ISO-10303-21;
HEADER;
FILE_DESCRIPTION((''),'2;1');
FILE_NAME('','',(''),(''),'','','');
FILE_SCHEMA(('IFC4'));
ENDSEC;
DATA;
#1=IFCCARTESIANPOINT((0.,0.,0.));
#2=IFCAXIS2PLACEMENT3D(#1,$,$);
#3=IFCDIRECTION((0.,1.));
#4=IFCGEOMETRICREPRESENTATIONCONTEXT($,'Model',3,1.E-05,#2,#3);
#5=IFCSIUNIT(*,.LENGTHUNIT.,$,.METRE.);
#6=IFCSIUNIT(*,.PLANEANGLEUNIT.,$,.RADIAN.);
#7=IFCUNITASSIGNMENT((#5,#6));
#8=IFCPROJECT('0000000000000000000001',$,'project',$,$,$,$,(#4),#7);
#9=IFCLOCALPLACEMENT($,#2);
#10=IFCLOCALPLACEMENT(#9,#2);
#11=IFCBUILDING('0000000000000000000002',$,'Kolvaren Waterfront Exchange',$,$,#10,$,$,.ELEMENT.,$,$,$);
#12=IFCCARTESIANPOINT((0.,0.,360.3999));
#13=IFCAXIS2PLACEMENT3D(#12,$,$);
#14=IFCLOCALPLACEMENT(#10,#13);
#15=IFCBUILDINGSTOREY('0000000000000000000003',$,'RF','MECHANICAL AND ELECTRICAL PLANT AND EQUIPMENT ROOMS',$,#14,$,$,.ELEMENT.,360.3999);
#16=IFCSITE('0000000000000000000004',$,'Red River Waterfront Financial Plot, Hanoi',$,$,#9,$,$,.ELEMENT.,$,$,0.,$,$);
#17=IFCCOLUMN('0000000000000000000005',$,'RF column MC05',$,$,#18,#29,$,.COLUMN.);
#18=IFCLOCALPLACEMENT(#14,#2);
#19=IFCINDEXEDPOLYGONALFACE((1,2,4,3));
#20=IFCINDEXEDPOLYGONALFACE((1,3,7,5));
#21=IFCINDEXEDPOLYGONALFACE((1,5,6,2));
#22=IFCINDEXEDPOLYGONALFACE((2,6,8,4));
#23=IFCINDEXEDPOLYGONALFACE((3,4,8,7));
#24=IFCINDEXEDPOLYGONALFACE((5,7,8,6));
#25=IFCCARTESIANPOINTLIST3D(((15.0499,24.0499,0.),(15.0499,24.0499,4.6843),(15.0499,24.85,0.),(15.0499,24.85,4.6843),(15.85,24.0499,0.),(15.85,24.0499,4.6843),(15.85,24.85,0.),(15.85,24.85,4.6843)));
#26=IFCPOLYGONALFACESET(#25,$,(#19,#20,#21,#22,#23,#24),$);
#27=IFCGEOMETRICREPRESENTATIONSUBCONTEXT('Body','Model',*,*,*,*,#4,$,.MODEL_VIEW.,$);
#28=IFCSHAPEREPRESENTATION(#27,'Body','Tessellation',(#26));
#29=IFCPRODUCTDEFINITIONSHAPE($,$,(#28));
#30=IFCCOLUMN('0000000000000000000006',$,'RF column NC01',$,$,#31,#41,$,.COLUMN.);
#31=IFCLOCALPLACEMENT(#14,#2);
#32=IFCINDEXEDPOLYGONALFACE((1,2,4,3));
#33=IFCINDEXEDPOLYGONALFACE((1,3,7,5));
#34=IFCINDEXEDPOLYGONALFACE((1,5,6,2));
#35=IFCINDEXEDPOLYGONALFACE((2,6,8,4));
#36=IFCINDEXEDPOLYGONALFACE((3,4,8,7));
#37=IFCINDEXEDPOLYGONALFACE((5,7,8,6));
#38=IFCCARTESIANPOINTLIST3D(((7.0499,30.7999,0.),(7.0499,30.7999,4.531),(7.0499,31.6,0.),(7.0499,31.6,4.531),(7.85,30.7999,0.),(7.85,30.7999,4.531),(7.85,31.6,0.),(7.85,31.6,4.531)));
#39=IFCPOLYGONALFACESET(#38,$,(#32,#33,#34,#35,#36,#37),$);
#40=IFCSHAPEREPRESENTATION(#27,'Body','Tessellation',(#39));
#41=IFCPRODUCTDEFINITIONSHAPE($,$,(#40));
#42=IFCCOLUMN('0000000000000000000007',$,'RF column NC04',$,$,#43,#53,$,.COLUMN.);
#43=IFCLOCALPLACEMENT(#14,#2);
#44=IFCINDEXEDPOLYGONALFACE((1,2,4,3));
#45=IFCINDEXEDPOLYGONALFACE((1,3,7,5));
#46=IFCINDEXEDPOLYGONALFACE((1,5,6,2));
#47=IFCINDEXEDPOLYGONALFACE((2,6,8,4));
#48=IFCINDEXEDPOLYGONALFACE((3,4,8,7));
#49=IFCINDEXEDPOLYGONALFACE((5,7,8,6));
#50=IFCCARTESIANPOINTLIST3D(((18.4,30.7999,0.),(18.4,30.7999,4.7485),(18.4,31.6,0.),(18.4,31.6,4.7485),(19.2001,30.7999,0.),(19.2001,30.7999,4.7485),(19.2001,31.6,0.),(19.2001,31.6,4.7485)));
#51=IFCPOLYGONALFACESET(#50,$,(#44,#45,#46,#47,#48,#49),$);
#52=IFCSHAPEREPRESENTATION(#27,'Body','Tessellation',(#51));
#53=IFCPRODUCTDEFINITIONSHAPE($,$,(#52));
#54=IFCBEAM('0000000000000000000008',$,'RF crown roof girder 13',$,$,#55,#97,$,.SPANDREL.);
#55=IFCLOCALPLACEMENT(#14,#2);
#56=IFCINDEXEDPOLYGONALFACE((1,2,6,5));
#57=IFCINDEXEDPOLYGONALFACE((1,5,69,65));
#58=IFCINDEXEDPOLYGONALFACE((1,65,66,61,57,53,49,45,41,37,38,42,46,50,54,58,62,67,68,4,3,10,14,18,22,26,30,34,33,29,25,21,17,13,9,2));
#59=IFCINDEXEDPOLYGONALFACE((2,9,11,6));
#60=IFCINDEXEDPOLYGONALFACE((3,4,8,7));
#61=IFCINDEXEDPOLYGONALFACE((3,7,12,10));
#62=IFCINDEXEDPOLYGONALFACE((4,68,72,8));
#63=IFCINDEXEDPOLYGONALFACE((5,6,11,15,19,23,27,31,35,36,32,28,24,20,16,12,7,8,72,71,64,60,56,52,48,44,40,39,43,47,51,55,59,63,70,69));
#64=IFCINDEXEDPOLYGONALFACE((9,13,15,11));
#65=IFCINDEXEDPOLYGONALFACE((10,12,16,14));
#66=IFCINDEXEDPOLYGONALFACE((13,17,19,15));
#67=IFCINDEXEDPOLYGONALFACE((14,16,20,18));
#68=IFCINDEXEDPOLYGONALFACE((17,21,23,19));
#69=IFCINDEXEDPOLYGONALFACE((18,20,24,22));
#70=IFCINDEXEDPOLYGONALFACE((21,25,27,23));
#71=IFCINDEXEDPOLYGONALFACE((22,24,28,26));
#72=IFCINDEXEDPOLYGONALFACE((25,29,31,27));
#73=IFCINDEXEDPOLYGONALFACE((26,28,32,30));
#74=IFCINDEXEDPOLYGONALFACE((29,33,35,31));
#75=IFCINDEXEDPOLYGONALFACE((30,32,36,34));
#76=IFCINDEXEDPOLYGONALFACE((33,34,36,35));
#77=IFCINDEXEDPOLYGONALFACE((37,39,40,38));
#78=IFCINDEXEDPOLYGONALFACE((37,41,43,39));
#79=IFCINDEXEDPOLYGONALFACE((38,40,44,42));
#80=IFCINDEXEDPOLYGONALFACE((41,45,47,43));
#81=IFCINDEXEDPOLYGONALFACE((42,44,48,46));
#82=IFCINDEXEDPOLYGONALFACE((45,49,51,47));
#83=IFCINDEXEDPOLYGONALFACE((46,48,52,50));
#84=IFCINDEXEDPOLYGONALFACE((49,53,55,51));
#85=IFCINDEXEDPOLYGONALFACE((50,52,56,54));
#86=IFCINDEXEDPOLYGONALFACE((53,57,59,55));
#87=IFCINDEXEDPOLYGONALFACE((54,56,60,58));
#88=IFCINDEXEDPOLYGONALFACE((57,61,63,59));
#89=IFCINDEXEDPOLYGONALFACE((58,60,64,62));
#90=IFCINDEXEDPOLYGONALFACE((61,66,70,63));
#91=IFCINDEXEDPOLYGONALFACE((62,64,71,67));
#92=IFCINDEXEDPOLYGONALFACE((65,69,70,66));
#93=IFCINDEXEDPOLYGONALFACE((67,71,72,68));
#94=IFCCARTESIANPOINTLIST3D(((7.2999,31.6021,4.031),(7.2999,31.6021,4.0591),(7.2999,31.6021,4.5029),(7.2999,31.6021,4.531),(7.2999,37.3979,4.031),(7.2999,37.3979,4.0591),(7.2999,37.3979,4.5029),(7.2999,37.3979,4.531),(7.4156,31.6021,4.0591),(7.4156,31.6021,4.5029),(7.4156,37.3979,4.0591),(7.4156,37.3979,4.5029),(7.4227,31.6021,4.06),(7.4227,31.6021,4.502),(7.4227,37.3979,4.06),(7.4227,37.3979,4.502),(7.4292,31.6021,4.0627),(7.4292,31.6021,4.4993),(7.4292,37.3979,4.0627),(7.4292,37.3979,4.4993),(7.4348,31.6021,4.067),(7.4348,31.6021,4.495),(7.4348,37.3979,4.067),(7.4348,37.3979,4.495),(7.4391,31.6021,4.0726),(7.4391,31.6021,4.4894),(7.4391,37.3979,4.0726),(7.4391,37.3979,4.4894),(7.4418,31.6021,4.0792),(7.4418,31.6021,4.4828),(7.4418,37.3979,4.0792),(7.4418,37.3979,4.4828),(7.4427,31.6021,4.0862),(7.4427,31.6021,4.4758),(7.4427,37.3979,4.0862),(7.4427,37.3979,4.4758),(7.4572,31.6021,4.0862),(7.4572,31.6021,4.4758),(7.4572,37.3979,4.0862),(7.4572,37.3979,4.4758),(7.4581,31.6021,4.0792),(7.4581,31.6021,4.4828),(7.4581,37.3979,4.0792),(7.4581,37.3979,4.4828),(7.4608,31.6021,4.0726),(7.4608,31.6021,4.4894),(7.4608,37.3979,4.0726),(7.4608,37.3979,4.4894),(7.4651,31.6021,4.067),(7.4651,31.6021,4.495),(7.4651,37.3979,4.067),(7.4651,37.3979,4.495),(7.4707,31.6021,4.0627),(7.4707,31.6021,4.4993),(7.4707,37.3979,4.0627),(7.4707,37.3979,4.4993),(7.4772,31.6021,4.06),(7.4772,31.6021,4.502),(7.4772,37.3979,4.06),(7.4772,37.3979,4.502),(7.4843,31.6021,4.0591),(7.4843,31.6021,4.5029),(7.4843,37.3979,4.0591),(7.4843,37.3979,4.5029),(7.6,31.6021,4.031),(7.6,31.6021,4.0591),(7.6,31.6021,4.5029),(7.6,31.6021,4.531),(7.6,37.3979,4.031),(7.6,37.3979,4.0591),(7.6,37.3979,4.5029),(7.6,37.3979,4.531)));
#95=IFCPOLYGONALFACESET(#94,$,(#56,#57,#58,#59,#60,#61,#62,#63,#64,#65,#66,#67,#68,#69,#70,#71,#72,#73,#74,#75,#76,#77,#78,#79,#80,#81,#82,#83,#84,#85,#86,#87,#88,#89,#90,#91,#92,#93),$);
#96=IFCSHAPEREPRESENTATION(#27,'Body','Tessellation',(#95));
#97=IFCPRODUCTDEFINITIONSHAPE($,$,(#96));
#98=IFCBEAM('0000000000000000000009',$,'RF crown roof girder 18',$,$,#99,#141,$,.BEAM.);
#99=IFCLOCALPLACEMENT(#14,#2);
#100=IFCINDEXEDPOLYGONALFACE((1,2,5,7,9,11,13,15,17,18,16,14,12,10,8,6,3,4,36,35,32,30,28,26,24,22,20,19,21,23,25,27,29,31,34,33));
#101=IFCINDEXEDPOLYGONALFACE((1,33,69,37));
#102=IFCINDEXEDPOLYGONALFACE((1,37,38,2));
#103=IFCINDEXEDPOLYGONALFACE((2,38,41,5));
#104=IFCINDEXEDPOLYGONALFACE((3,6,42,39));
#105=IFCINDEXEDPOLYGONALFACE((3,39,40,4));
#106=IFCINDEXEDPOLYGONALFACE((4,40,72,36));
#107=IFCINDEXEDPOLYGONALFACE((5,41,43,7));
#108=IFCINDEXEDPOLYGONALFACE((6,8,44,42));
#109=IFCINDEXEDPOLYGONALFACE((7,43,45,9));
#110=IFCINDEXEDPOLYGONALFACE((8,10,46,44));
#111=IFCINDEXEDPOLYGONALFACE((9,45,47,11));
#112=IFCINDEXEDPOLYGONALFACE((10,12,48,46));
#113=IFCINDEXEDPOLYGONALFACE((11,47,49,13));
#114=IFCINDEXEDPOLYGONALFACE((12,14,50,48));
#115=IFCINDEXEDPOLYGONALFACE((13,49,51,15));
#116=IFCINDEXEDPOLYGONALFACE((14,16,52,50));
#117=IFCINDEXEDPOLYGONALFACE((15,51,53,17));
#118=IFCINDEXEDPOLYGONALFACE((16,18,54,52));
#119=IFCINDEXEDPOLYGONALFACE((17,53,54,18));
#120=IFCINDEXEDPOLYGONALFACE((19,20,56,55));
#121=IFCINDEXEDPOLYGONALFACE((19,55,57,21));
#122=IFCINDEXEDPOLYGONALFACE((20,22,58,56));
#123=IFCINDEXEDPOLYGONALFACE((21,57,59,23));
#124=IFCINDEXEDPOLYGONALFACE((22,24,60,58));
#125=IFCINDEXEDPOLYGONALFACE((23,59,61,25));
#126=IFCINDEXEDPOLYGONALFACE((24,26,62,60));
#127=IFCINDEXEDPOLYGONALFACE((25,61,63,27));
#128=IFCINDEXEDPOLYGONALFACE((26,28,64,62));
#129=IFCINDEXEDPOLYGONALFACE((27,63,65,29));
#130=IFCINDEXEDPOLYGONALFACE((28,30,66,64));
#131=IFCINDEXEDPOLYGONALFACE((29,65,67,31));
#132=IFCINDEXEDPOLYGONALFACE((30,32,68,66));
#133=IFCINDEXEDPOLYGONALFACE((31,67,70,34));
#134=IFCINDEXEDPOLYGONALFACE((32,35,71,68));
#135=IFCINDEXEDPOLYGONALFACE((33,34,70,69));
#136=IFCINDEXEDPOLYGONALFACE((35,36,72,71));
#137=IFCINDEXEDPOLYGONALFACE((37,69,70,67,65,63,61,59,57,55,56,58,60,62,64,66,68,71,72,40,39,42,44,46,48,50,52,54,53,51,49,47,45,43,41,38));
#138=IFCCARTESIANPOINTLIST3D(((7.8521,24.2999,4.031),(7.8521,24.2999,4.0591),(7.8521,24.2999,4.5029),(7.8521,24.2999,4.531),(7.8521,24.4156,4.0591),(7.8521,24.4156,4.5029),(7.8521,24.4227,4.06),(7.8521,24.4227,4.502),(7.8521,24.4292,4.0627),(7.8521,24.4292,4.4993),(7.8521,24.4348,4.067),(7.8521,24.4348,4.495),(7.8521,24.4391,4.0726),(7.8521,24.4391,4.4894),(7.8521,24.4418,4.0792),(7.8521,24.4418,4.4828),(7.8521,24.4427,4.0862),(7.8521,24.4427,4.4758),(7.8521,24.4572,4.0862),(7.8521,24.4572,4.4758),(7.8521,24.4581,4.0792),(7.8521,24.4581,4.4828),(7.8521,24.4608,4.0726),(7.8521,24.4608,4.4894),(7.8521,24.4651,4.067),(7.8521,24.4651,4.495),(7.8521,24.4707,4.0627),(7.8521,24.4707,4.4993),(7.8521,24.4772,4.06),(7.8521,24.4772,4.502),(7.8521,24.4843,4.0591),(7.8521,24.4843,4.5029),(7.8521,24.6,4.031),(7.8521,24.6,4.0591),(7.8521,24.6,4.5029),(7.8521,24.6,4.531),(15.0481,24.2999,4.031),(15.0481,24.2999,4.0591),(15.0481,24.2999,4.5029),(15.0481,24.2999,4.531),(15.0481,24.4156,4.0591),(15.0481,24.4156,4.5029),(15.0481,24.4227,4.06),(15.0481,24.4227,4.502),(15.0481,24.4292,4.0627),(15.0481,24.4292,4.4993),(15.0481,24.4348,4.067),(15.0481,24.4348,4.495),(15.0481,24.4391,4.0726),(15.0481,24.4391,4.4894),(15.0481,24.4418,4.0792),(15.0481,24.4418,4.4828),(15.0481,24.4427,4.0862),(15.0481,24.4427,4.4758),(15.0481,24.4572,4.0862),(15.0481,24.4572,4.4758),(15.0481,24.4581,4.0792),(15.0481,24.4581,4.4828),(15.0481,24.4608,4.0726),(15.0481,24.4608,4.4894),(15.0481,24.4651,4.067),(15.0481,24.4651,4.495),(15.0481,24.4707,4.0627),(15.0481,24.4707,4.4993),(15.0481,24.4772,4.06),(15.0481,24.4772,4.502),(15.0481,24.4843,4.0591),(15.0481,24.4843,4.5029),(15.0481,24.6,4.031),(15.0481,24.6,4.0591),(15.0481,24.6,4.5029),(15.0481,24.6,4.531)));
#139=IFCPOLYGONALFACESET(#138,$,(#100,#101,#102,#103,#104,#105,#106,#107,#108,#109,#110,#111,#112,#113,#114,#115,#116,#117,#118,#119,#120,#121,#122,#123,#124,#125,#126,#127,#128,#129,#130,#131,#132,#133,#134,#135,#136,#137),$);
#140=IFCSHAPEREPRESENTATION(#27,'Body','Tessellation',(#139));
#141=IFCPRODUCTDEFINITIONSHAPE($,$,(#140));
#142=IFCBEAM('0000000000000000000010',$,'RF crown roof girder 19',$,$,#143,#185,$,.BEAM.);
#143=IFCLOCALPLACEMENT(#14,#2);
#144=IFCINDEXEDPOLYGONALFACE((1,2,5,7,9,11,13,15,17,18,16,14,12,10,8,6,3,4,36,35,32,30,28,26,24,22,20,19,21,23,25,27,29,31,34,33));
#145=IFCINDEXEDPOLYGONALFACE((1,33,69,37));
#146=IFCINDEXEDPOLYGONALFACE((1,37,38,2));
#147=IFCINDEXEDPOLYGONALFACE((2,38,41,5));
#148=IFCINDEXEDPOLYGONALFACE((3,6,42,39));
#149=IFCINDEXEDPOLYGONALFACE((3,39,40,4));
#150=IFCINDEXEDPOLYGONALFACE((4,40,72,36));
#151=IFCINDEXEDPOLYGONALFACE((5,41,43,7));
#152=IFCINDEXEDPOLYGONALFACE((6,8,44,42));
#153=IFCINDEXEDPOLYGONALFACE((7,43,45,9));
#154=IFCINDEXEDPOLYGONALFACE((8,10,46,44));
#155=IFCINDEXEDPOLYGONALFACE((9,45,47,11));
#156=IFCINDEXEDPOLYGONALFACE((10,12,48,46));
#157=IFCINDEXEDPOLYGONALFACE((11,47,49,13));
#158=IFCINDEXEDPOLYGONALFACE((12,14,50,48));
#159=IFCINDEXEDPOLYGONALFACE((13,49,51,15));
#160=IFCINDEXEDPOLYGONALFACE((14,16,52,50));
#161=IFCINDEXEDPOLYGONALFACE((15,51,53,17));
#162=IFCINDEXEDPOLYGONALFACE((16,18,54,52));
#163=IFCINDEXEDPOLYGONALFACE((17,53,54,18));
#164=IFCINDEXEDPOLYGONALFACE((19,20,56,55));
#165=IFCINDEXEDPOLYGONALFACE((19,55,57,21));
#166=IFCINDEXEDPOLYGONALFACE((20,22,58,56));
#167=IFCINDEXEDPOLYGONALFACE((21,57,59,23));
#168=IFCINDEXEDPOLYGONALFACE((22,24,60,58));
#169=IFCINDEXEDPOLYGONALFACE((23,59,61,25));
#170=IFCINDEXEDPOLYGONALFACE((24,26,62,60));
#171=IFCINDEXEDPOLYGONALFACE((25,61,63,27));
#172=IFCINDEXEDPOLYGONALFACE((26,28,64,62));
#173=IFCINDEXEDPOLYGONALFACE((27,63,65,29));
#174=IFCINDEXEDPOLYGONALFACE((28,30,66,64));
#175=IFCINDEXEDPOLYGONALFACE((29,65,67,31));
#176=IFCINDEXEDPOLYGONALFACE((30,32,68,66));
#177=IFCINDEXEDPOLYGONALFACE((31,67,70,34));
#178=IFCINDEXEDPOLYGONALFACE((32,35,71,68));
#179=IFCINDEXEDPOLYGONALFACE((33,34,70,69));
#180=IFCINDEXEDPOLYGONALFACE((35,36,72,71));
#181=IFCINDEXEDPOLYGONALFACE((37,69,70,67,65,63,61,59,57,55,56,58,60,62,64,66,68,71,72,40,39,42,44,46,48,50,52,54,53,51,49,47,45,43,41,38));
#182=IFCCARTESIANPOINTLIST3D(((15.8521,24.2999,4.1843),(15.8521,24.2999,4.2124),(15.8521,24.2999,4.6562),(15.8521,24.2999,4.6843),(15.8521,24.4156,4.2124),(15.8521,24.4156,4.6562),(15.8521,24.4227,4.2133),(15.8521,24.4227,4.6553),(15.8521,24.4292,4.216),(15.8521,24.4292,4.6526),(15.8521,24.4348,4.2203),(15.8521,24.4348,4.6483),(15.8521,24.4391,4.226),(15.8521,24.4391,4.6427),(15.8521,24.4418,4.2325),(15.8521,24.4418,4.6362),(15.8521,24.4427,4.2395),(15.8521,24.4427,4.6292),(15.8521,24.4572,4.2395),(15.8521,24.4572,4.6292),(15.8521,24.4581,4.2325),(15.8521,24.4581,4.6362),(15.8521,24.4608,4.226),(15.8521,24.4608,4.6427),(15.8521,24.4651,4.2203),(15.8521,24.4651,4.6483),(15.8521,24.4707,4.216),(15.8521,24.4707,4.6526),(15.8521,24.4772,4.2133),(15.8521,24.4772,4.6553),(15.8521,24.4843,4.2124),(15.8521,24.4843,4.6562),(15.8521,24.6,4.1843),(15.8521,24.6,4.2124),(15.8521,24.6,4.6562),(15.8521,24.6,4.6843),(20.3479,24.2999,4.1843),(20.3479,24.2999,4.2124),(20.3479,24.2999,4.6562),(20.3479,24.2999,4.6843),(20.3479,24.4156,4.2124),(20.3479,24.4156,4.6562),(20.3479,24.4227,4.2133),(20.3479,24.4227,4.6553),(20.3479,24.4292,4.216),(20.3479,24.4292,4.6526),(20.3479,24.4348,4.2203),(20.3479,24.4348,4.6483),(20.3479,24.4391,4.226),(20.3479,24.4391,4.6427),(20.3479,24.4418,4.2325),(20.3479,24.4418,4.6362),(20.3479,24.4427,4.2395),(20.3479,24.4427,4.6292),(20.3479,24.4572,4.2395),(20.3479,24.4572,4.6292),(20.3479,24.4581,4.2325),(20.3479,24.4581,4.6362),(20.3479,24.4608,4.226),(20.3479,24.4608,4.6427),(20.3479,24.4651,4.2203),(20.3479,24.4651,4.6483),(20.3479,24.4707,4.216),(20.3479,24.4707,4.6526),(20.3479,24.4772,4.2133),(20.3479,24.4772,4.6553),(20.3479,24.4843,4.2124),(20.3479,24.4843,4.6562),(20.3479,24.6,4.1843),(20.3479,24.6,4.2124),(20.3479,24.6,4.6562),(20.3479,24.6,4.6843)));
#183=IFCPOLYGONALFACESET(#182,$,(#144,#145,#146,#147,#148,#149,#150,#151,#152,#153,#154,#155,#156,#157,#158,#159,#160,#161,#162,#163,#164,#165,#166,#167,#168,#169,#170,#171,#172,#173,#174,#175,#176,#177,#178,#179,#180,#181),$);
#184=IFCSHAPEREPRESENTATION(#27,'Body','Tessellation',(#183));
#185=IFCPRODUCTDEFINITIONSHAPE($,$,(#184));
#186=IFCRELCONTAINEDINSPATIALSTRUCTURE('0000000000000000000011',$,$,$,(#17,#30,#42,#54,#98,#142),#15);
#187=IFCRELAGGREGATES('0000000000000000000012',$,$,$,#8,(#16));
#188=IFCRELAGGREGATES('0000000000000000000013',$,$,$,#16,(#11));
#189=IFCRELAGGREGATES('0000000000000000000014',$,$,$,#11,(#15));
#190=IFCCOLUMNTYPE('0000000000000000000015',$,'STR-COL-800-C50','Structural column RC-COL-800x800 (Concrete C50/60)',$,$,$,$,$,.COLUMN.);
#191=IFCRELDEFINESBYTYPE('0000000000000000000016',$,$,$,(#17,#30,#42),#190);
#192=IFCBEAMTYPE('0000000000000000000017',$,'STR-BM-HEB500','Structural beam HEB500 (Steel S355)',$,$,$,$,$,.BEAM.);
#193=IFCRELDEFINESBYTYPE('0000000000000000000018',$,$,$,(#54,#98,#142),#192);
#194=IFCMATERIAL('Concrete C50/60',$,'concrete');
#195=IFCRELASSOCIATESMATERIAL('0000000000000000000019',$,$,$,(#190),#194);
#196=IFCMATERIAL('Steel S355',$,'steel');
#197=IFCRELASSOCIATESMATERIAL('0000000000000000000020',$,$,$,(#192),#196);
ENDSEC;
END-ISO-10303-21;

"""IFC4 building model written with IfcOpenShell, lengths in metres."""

from ifc_helpers import new_model, si_unit, direction, frame, origin, origin_2d, place, context, subcontext, project, spatial, rectangle, i_section, extrude, material, material_profile, profile_set, type_object, element, save


model = new_model("IFC4")

# Units and contexts
model_context = context("Model", 3, precision=1e-05, world=origin(), true_north=direction((0.0, 1.0)))
body_context = subcontext(model_context, "Body", "Model", "MODEL_VIEW")
ifc_project = project(units=[si_unit("LENGTHUNIT", "METRE"), si_unit("PLANEANGLEUNIT", "RADIAN")], contexts=[model_context])

# Site, building, storey
site_placement = place(None, origin())
site = spatial("IfcSite", under=ifc_project, at=site_placement, Name="Red River Waterfront Financial Plot, Hanoi", CompositionType="ELEMENT", RefElevation=0.0)
building_placement = place(site_placement, origin())
building = spatial("IfcBuilding", under=site, at=building_placement, Name="Kolvaren Waterfront Exchange", CompositionType="ELEMENT")
storey_placement = place(building_placement, frame((0.0, 0.0, 360.3999)))
storey = spatial("IfcBuildingStorey", under=building, at=storey_placement, Name="RF", Description="MECHANICAL AND ELECTRICAL PLANT AND EQUIPMENT ROOMS", CompositionType="ELEMENT", Elevation=360.3999)

# Columns
ifc_material_1 = material(Name="Concrete C50/60", Category="concrete")
ifc_material_profile_1 = material_profile(ifc_material_1, rectangle(XDim=0.8, YDim=0.8, at=origin_2d()), Name="RC-COL-800x800")
ifc_profile_set_1 = profile_set([ifc_material_profile_1], Name="Concrete C50/60")
column_type = type_object("IfcColumnType", Name="STR-COL-800-C50", Description="Structural column RC-COL-800x800 (Concrete C50/60)", PredefinedType="COLUMN", material=ifc_profile_set_1)
column_1_placement = place(storey_placement, frame((15.45, 24.45, 0.0), z_axis=(0.0, 0.0, 1.0), x_axis=(1.0, 0.0, 0.0)))
element("IfcColumn", 1, at=column_1_placement, inside=storey, type_object=column_type, Name="RF column MC05", PredefinedType="COLUMN", context=body_context, shape_type="SweptSolid", body=[
    extrude(rectangle(XDim=0.8, YDim=0.8, at=origin_2d()), origin(), (0.0, 0.0, 1.0), 4.6843),
])
column_2_placement = place(storey_placement, frame((7.45, 31.2, 0.0), z_axis=(0.0, 0.0, 1.0), x_axis=(1.0, 0.0, 0.0)))
element("IfcColumn", 2, at=column_2_placement, inside=storey, type_object=column_type, Name="RF column NC01", PredefinedType="COLUMN", context=body_context, shape_type="SweptSolid", body=[
    extrude(rectangle(XDim=0.8, YDim=0.8, at=origin_2d()), origin(), (0.0, 0.0, 1.0), 4.531),
])
column_3_placement = place(storey_placement, frame((18.8, 31.2, 0.0), z_axis=(0.0, 0.0, 1.0), x_axis=(1.0, 0.0, 0.0)))
element("IfcColumn", 3, at=column_3_placement, inside=storey, type_object=column_type, Name="RF column NC04", PredefinedType="COLUMN", context=body_context, shape_type="SweptSolid", body=[
    extrude(rectangle(XDim=0.8, YDim=0.8, at=origin_2d()), origin(), (0.0, 0.0, 1.0), 4.7485),
])

# Beams
ifc_material_2 = material(Name="Steel S355", Category="steel")
ifc_material_profile_2 = material_profile(ifc_material_2, i_section(OverallWidth=0.3, OverallDepth=0.5, WebThickness=0.0144, FlangeThickness=0.0281, FilletRadius=0.0271, at=origin_2d()), Name="HEB500")
ifc_profile_set_2 = profile_set([ifc_material_profile_2], Name="Steel S355")
beam_type = type_object("IfcBeamType", Name="STR-BM-HEB500", Description="Structural beam HEB500 (Steel S355)", PredefinedType="BEAM", material=ifc_profile_set_2)
beam_1_placement = place(storey_placement, frame((7.45, 31.6021, 4.281), z_axis=(0.0, 1.0, 0.0), x_axis=(-1.0, 0.0, 0.0)))
element("IfcBeam", 4, at=beam_1_placement, inside=storey, type_object=beam_type, Name="RF crown roof girder 13", PredefinedType="SPANDREL", context=body_context, shape_type="SweptSolid", body=[
    extrude(i_section(OverallWidth=0.3, OverallDepth=0.5, WebThickness=0.0144, FlangeThickness=0.0281, FilletRadius=0.0271, at=origin_2d()), origin(), (0.0, 0.0, 1.0), 5.7959),
])
beam_2_placement = place(storey_placement, frame((7.8521, 24.45, 4.281), z_axis=(1.0, 0.0, 0.0), x_axis=(0.0, 1.0, 0.0)))
element("IfcBeam", 5, at=beam_2_placement, inside=storey, type_object=beam_type, Name="RF crown roof girder 18", PredefinedType="BEAM", context=body_context, shape_type="SweptSolid", body=[
    extrude(i_section(OverallWidth=0.3, OverallDepth=0.5, WebThickness=0.0144, FlangeThickness=0.0281, FilletRadius=0.0271, at=origin_2d()), origin(), (0.0, 0.0, 1.0), 7.196),
])
beam_3_placement = place(storey_placement, frame((15.8521, 24.45, 4.4343), z_axis=(1.0, 0.0, 0.0), x_axis=(0.0, 1.0, 0.0)))
element("IfcBeam", 6, at=beam_3_placement, inside=storey, type_object=beam_type, Name="RF crown roof girder 19", PredefinedType="BEAM", context=body_context, shape_type="SweptSolid", body=[
    extrude(i_section(OverallWidth=0.3, OverallDepth=0.5, WebThickness=0.0144, FlangeThickness=0.0281, FilletRadius=0.0271, at=origin_2d()), origin(), (0.0, 0.0, 1.0), 4.4958),
])

save(model, "model.ifc")
